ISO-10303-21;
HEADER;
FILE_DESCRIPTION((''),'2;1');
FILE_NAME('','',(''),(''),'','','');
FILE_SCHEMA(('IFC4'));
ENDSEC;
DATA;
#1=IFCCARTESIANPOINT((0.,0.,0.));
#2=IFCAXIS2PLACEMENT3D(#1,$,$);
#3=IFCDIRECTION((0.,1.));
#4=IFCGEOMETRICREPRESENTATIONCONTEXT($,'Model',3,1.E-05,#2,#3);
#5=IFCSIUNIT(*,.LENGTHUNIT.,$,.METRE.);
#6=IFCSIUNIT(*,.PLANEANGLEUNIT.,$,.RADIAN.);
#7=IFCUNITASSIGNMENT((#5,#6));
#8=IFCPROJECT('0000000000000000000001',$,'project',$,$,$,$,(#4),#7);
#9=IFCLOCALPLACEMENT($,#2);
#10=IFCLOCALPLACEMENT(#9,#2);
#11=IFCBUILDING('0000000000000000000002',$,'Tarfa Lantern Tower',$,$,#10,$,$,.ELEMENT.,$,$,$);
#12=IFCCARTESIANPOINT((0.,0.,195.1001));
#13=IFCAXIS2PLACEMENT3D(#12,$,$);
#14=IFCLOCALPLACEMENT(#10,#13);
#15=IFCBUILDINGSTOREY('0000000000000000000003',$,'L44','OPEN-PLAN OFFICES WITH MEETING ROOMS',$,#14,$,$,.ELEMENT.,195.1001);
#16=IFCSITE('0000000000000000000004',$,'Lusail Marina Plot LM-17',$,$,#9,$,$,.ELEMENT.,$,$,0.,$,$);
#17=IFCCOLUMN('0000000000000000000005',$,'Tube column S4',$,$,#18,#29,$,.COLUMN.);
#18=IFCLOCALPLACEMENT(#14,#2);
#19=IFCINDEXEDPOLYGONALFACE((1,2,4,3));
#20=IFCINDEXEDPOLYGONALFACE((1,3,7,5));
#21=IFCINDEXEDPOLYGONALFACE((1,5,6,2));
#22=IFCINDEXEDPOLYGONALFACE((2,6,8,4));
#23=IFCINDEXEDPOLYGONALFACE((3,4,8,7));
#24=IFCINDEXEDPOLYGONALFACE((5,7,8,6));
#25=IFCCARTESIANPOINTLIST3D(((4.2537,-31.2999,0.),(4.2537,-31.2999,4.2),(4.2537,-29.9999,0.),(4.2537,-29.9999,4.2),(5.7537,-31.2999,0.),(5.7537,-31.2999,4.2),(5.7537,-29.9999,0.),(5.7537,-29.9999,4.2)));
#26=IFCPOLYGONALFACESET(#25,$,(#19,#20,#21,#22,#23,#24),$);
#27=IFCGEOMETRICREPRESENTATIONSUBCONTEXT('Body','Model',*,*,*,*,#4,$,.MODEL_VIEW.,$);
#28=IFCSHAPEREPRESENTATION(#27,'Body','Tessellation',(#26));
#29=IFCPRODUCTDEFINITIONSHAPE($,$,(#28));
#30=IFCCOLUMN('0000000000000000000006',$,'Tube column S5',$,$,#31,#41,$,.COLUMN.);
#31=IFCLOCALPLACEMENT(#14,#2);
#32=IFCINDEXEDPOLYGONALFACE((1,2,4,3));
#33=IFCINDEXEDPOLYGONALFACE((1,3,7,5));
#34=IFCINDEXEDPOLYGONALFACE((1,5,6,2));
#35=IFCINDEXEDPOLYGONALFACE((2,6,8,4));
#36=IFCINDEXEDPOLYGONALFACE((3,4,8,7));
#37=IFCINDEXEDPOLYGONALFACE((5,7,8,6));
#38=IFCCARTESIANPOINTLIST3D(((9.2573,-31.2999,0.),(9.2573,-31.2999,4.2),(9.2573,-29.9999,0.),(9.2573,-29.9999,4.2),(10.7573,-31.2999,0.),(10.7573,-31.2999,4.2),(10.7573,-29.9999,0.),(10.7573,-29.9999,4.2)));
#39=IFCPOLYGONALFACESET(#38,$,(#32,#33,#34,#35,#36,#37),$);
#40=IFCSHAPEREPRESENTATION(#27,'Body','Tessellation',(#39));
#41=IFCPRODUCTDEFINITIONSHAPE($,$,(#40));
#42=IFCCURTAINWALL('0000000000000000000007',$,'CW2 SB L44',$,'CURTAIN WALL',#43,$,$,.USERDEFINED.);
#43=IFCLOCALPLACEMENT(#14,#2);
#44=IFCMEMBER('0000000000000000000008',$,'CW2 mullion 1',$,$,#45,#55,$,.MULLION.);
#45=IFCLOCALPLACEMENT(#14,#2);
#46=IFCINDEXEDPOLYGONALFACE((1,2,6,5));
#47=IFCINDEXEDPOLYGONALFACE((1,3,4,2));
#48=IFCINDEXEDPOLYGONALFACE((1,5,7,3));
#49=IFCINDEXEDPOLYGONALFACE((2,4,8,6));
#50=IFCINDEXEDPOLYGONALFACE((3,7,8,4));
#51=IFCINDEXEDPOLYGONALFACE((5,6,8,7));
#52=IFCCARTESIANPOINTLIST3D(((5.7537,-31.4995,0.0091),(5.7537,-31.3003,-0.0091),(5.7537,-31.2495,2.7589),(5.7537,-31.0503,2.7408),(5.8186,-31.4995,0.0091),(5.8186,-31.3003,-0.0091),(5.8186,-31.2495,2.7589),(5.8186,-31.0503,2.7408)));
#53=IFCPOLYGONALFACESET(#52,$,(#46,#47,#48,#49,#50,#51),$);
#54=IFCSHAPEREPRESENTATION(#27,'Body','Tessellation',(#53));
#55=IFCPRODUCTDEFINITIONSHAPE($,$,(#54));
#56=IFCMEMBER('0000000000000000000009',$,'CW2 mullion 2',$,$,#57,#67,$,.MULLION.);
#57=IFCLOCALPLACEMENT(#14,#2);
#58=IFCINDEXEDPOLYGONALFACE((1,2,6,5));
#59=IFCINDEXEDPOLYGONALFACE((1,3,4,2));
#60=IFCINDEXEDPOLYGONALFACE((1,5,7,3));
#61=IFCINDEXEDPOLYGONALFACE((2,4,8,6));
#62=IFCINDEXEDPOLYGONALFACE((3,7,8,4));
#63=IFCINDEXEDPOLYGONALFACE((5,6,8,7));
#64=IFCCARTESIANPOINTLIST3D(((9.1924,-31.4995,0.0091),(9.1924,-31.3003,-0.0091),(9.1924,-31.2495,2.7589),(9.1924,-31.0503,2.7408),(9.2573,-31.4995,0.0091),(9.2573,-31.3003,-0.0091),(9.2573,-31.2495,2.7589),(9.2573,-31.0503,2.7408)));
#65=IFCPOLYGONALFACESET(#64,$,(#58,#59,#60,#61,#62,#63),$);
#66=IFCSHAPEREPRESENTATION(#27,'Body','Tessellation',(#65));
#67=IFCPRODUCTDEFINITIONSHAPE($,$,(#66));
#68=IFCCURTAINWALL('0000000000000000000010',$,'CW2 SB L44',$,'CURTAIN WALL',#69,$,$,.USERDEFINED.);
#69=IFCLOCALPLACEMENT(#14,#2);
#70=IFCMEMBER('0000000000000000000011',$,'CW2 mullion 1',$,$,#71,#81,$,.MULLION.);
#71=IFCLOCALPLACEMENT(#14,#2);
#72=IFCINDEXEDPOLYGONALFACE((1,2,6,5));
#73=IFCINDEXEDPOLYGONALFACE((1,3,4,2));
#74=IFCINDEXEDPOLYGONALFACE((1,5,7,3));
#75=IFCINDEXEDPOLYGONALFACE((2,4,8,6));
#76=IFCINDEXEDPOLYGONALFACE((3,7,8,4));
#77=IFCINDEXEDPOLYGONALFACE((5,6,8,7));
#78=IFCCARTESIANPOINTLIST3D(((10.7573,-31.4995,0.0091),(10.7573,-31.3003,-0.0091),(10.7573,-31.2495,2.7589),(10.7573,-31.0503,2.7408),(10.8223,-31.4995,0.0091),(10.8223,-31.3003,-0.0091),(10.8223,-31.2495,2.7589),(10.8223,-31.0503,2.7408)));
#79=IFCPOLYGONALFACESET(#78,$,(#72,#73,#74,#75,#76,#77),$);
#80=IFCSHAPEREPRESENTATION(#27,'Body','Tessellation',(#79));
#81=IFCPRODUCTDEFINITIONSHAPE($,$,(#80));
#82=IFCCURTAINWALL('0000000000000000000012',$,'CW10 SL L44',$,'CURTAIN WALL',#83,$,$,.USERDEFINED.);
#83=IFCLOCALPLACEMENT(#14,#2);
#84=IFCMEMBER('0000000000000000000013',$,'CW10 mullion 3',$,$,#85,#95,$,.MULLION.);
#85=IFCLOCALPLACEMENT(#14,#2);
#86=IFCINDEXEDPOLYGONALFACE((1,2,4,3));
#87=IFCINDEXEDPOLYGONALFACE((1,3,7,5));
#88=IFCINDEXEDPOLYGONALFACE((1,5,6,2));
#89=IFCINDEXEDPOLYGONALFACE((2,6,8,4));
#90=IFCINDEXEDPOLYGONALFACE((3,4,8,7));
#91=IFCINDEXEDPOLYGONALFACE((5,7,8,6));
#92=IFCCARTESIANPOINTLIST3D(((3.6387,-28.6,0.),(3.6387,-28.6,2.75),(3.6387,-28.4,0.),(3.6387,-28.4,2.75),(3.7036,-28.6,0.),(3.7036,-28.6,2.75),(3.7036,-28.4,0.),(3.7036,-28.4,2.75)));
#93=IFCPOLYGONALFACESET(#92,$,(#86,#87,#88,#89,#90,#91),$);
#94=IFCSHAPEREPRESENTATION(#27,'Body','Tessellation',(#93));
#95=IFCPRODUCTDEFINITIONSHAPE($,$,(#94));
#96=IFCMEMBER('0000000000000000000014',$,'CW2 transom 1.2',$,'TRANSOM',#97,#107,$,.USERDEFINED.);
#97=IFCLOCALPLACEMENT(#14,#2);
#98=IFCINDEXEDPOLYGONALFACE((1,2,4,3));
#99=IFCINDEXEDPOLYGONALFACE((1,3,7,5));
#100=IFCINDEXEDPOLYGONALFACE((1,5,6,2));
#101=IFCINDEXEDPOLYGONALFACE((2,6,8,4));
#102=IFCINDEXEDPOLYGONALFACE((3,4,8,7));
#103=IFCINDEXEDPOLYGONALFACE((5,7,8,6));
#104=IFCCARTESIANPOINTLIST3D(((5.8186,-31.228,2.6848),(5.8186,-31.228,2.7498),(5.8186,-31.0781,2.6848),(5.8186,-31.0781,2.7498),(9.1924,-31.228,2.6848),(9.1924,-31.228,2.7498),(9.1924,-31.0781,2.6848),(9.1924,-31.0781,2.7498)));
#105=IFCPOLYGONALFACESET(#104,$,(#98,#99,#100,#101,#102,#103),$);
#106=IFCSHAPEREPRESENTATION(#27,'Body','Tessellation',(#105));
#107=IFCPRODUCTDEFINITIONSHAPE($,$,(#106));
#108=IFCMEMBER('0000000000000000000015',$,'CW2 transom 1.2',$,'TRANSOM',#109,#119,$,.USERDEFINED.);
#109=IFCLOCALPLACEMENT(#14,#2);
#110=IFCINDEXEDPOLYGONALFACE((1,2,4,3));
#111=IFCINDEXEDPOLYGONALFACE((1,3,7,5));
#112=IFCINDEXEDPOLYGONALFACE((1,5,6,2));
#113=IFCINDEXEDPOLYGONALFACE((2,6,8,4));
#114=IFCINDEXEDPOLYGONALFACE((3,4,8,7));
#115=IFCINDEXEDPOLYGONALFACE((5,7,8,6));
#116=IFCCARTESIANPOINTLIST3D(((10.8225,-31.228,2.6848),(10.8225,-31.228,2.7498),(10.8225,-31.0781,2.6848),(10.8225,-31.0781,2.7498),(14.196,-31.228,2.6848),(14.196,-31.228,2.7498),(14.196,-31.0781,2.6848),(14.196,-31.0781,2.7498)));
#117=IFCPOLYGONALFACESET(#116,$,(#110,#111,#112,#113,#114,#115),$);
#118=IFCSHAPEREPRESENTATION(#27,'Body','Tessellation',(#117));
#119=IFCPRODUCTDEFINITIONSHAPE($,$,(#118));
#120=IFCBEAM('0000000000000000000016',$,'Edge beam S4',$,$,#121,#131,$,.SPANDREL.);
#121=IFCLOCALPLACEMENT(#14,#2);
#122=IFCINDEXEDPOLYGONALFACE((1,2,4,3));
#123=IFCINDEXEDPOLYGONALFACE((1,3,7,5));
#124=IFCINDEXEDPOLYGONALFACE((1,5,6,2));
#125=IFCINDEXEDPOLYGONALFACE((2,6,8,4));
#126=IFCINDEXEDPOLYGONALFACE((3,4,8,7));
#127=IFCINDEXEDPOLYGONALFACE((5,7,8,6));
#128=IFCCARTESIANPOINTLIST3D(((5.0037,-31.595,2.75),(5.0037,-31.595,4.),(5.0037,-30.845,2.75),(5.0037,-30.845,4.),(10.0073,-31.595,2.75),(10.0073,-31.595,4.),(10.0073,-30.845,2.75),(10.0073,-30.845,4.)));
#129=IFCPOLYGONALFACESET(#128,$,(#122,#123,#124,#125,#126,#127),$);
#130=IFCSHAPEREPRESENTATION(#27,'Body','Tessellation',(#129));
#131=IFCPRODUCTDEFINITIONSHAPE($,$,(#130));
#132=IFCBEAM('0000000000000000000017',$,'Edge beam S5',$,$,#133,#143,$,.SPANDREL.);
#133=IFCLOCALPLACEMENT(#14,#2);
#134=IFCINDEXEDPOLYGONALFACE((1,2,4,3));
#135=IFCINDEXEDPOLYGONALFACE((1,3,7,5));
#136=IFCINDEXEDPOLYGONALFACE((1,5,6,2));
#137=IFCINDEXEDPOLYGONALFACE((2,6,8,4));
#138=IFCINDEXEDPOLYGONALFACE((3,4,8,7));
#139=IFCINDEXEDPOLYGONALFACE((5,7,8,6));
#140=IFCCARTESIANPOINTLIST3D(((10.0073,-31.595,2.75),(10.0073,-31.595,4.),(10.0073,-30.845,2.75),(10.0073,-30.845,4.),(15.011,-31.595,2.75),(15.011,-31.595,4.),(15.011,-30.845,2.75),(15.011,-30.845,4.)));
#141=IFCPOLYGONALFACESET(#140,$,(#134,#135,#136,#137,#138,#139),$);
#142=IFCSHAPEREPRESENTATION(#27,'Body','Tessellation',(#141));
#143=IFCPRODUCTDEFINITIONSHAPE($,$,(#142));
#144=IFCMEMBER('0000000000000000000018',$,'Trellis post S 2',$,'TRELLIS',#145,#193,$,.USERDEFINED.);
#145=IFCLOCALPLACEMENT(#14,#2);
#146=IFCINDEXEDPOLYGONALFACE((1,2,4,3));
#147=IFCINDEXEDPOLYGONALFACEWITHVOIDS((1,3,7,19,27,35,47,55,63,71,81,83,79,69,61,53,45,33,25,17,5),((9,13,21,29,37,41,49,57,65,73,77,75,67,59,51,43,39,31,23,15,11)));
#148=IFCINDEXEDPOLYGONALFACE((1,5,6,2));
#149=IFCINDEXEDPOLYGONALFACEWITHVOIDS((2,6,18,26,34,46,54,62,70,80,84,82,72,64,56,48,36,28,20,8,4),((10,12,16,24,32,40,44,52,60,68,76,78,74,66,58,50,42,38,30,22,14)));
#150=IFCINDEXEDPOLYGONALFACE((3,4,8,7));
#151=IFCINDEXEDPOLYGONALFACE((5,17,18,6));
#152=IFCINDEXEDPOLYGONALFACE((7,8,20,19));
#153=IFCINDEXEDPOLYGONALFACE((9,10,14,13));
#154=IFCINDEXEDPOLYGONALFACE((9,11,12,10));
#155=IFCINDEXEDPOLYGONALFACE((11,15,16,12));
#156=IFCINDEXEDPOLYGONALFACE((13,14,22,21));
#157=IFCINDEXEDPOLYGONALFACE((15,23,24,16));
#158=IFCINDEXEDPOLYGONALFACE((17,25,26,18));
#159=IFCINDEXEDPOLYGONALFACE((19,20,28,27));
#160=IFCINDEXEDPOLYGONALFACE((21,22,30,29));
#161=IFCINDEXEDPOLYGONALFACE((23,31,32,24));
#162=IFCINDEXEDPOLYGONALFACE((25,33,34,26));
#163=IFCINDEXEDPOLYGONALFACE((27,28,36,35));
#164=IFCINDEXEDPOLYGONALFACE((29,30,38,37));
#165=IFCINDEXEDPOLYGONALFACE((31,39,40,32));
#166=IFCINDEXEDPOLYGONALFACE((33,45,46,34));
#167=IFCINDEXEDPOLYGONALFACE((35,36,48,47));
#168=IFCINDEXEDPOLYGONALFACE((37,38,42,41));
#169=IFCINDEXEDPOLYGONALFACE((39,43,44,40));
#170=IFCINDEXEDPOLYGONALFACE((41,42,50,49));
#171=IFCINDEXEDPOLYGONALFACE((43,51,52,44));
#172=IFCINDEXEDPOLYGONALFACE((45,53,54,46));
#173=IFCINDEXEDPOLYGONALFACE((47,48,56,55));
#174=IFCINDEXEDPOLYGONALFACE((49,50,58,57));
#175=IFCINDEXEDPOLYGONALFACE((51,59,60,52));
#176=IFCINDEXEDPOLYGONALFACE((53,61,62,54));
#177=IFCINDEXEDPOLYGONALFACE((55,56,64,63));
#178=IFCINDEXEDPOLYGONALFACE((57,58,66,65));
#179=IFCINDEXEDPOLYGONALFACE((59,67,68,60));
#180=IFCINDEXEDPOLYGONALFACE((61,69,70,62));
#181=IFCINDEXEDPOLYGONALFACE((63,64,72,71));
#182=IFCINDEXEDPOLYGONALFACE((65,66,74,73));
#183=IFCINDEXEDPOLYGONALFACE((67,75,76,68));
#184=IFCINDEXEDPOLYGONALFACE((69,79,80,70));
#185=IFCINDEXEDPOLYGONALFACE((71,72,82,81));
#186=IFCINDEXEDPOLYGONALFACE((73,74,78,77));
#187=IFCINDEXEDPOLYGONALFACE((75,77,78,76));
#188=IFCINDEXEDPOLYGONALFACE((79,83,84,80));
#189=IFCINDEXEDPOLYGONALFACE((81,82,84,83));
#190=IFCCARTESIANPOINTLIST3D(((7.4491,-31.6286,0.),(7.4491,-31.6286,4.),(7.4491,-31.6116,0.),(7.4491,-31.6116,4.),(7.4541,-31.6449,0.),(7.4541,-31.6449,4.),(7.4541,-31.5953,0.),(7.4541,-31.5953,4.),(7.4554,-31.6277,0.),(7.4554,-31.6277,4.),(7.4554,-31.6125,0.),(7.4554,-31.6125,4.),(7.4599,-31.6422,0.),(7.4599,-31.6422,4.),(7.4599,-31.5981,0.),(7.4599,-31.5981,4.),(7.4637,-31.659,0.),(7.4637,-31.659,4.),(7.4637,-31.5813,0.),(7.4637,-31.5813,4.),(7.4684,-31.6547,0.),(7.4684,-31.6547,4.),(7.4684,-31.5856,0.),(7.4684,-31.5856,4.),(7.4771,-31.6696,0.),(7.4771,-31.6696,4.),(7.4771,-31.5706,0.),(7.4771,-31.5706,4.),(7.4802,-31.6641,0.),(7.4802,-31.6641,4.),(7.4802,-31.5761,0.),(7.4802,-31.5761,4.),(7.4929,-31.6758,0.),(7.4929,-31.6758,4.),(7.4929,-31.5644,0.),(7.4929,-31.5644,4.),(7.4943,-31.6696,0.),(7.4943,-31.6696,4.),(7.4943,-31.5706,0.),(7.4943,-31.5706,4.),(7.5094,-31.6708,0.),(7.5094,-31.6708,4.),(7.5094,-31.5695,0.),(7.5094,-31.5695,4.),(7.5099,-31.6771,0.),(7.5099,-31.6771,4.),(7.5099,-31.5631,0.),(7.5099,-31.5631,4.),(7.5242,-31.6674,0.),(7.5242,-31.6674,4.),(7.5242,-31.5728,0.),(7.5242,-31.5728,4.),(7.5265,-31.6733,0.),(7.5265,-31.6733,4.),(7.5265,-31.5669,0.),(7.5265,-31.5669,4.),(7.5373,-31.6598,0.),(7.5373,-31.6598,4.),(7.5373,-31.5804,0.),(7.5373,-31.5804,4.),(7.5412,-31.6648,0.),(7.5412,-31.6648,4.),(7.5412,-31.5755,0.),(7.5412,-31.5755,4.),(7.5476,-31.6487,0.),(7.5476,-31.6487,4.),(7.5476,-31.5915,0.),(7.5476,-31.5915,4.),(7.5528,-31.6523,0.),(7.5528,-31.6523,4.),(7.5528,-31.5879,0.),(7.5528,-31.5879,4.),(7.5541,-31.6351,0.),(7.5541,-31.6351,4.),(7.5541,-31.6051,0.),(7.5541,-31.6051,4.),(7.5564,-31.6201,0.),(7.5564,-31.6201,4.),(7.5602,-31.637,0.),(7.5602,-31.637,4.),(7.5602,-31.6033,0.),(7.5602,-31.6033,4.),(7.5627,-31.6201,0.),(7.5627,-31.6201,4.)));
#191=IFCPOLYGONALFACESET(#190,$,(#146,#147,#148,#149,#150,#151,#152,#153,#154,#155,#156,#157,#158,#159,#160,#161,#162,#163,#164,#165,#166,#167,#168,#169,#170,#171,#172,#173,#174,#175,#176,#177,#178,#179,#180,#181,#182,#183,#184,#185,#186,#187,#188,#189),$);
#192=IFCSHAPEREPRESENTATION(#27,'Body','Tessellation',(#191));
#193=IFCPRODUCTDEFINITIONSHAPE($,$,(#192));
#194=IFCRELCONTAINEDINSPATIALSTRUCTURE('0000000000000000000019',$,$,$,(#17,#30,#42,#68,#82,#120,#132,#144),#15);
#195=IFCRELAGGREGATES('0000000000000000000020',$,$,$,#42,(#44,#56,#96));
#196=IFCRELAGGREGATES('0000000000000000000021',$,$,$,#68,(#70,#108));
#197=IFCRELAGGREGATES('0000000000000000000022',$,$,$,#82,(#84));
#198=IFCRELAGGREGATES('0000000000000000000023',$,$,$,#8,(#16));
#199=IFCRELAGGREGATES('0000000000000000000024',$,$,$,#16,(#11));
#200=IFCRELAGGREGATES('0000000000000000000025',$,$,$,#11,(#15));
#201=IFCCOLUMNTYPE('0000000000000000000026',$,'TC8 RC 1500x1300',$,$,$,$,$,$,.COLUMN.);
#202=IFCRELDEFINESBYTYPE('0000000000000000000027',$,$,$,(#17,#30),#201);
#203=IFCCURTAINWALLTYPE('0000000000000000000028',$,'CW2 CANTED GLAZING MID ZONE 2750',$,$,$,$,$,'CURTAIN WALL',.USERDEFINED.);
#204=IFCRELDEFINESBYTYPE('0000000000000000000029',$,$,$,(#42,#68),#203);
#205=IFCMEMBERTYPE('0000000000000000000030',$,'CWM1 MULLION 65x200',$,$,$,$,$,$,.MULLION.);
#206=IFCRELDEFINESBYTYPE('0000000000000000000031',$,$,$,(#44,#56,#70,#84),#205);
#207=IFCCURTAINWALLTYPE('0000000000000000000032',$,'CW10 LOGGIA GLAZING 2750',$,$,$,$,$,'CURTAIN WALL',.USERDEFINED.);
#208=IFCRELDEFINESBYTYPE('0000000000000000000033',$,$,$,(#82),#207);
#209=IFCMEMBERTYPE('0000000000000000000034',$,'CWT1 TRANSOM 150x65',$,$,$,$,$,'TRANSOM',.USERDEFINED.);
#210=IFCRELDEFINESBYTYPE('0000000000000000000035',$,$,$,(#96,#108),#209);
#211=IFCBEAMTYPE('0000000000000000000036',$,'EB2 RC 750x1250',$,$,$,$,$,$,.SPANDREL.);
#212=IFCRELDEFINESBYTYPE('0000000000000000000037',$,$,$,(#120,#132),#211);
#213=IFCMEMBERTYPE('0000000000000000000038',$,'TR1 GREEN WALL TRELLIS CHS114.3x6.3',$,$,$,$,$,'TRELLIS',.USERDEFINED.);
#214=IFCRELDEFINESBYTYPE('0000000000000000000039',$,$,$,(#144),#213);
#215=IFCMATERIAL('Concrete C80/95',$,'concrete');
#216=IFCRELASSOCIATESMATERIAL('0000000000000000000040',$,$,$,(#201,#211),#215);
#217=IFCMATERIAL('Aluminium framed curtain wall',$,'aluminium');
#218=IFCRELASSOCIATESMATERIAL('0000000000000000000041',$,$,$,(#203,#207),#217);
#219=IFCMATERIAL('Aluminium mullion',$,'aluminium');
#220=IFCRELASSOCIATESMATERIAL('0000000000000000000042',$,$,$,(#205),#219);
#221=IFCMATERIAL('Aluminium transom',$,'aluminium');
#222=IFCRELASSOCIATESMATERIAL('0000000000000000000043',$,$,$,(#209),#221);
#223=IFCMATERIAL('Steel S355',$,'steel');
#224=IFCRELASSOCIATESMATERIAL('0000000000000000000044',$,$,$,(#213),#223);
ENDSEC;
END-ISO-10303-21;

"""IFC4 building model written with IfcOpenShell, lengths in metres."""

from ifc_helpers import new_model, si_unit, direction, frame, origin, origin_2d, place, context, subcontext, project, spatial, rectangle, hollow_circle, extrude, material, material_profile, profile_set, type_object, element, aggregate, save


model = new_model("IFC4")

# Units and contexts
model_context = context("Model", 3, precision=1e-05, world=origin(), true_north=direction((0.0, 1.0)))
body_context = subcontext(model_context, "Body", "Model", "MODEL_VIEW")
ifc_project = project(units=[si_unit("LENGTHUNIT", "METRE"), si_unit("PLANEANGLEUNIT", "RADIAN")], contexts=[model_context])

# Site, building, storey
site_placement = place(None, origin())
site = spatial("IfcSite", under=ifc_project, at=site_placement, Name="Lusail Marina Plot LM-17", CompositionType="ELEMENT", RefElevation=0.0)
building_placement = place(site_placement, origin())
building = spatial("IfcBuilding", under=site, at=building_placement, Name="Tarfa Lantern Tower", CompositionType="ELEMENT")
storey_placement = place(building_placement, frame((0.0, 0.0, 195.1001)))
storey = spatial("IfcBuildingStorey", under=building, at=storey_placement, Name="L44", Description="OPEN-PLAN OFFICES WITH MEETING ROOMS", CompositionType="ELEMENT", Elevation=195.1001)

# Columns
ifc_material_1 = material(Name="Concrete C80/95", Category="concrete")
ifc_material_profile_1 = material_profile(ifc_material_1, rectangle(XDim=1.5, YDim=1.3, at=origin_2d()), Name="RC 1500x1300")
ifc_profile_set_1 = profile_set([ifc_material_profile_1], Name="Concrete C80/95")
column_type = type_object("IfcColumnType", Name="TC8 RC 1500x1300", PredefinedType="COLUMN", material=ifc_profile_set_1)
for number, where, z_axis, x_axis, name in (
    (1, (5.0037, -30.6499, 0.0), (0.0, 0.0, 1.0), (1.0, 0.0, 0.0), "Tube column S4"),
    (2, (10.0073, -30.6499, 0.0), (0.0, 0.0, 1.0), (1.0, 0.0, 0.0), "Tube column S5"),
):
    element("IfcColumn", number, at=place(storey_placement, frame(where, z_axis=z_axis, x_axis=x_axis)), inside=storey, type_object=column_type, Name=name, PredefinedType="COLUMN", context=body_context, shape_type="SweptSolid", body=[
        extrude(rectangle(XDim=1.5, YDim=1.3, at=origin_2d()), origin(), (0.0, 0.0, 1.0), 4.2),
    ])

# Curtain wall, members
ifc_material_2 = material(Name="Aluminium framed curtain wall", Category="aluminium")
curtain_wall_type_1 = type_object("IfcCurtainWallType", Name="CW2 CANTED GLAZING MID ZONE 2750", ElementType="CURTAIN WALL", PredefinedType="USERDEFINED", material=ifc_material_2)
curtain_wall_1_placement = place(storey_placement, origin())
curtain_wall_1 = element("IfcCurtainWall", 3, at=curtain_wall_1_placement, inside=storey, type_object=curtain_wall_type_1, Name="CW2 SB L44", ObjectType="CURTAIN WALL", PredefinedType="USERDEFINED")
ifc_material_3 = material(Name="Aluminium mullion", Category="aluminium")
ifc_material_profile_2 = material_profile(ifc_material_3, rectangle(XDim=0.0649, YDim=0.2, at=origin_2d()), Name="AL MULLION 65x200")
ifc_profile_set_2 = profile_set([ifc_material_profile_2], Name="Aluminium mullion")
member_type_1 = type_object("IfcMemberType", Name="CWM1 MULLION 65x200", PredefinedType="MULLION", material=ifc_profile_set_2)
member_1_placement = place(storey_placement, frame((5.7861, -31.3999, 0.0), z_axis=(0.0, 0.090536, 0.995893), x_axis=(-1.0, 0.0, 0.0)))
member_1 = element("IfcMember", 4, at=member_1_placement, type_object=member_type_1, Name="CW2 mullion 1", PredefinedType="MULLION", context=body_context, shape_type="SweptSolid", body=[
    extrude(rectangle(XDim=0.0649, YDim=0.2, at=origin_2d()), origin(), (0.0, 0.0, 1.0), 2.7612),
])
member_2_placement = place(storey_placement, frame((9.2249, -31.3999, 0.0), z_axis=(0.0, 0.090536, 0.995893), x_axis=(-1.0, 0.0, 0.0)))
member_2 = element("IfcMember", 5, at=member_2_placement, type_object=member_type_1, Name="CW2 mullion 2", PredefinedType="MULLION", context=body_context, shape_type="SweptSolid", body=[
    extrude(rectangle(XDim=0.0649, YDim=0.2, at=origin_2d()), origin(), (0.0, 0.0, 1.0), 2.7612),
])

# Curtain walls, members
curtain_wall_2_placement = place(storey_placement, origin())
curtain_wall_2 = element("IfcCurtainWall", 6, at=curtain_wall_2_placement, inside=storey, type_object=curtain_wall_type_1, Name="CW2 SB L44", ObjectType="CURTAIN WALL", PredefinedType="USERDEFINED")
member_3_placement = place(storey_placement, frame((10.7898, -31.3999, 0.0), z_axis=(0.0, 0.090536, 0.995893), x_axis=(-1.0, 0.0, 0.0)))
member_3 = element("IfcMember", 7, at=member_3_placement, type_object=member_type_1, Name="CW2 mullion 1", PredefinedType="MULLION", context=body_context, shape_type="SweptSolid", body=[
    extrude(rectangle(XDim=0.0649, YDim=0.2, at=origin_2d()), origin(), (0.0, 0.0, 1.0), 2.7612),
])
curtain_wall_type_2 = type_object("IfcCurtainWallType", Name="CW10 LOGGIA GLAZING 2750", ElementType="CURTAIN WALL", PredefinedType="USERDEFINED", material=ifc_material_2)
curtain_wall_3_placement = place(storey_placement, origin())
curtain_wall_3 = element("IfcCurtainWall", 8, at=curtain_wall_3_placement, inside=storey, type_object=curtain_wall_type_2, Name="CW10 SL L44", ObjectType="CURTAIN WALL", PredefinedType="USERDEFINED")
member_4_placement = place(storey_placement, frame((3.6711, -28.5, 0.0), z_axis=(0.0, 0.0, 1.0), x_axis=(1.0, 0.0, 0.0)))
member_4 = element("IfcMember", 9, at=member_4_placement, type_object=member_type_1, Name="CW10 mullion 3", PredefinedType="MULLION", context=body_context, shape_type="SweptSolid", body=[
    extrude(rectangle(XDim=0.0649, YDim=0.2, at=origin_2d()), origin(), (0.0, 0.0, 1.0), 2.75),
])

# Members
ifc_material_4 = material(Name="Aluminium transom", Category="aluminium")
ifc_material_profile_3 = material_profile(ifc_material_4, rectangle(XDim=0.1499, YDim=0.0649, at=origin_2d()), Name="AL TRANSOM 150x65")
ifc_profile_set_3 = profile_set([ifc_material_profile_3], Name="Aluminium transom")
member_type_2 = type_object("IfcMemberType", Name="CWT1 TRANSOM 150x65", ElementType="TRANSOM", PredefinedType="USERDEFINED", material=ifc_profile_set_3)
member_5_placement = place(storey_placement, frame((5.8186, -31.1531, 2.7173), z_axis=(1.0, 0.0, 0.0), x_axis=(0.0, 1.0, 0.0)))
member_5 = element("IfcMember", 10, at=member_5_placement, type_object=member_type_2, Name="CW2 transom 1.2", ObjectType="TRANSOM", PredefinedType="USERDEFINED", context=body_context, shape_type="SweptSolid", body=[
    extrude(rectangle(XDim=0.1499, YDim=0.0649, at=origin_2d()), origin(), (0.0, 0.0, 1.0), 3.3738),
])
member_6_placement = place(storey_placement, frame((10.8225, -31.1531, 2.7173), z_axis=(1.0, 0.0, 0.0), x_axis=(0.0, 1.0, 0.0)))
member_6 = element("IfcMember", 11, at=member_6_placement, type_object=member_type_2, Name="CW2 transom 1.2", ObjectType="TRANSOM", PredefinedType="USERDEFINED", context=body_context, shape_type="SweptSolid", body=[
    extrude(rectangle(XDim=0.1499, YDim=0.0649, at=origin_2d()), origin(), (0.0, 0.0, 1.0), 3.3735),
])

# Beams
ifc_material_profile_4 = material_profile(ifc_material_1, rectangle(XDim=0.75, YDim=1.25, at=origin_2d()), Name="RC 750x1250")
ifc_profile_set_4 = profile_set([ifc_material_profile_4], Name="Concrete C80/95")
beam_type_1 = type_object("IfcBeamType", Name="EB2 RC 750x1250", PredefinedType="SPANDREL", material=ifc_profile_set_4)
for number, where, z_axis, x_axis, name in (
    (12, (5.0037, -31.22, 3.375), (1.0, 0.0, 0.0), (0.0, 1.0, 0.0), "Edge beam S4"),
    (13, (10.0073, -31.22, 3.375), (1.0, 0.0, 0.0), (0.0, 1.0, 0.0), "Edge beam S5"),
):
    element("IfcBeam", number, at=place(storey_placement, frame(where, z_axis=z_axis, x_axis=x_axis)), inside=storey, type_object=beam_type_1, Name=name, PredefinedType="SPANDREL", context=body_context, shape_type="SweptSolid", body=[
        extrude(rectangle(XDim=0.75, YDim=1.25, at=origin_2d()), origin(), (0.0, 0.0, 1.0), 5.0037),
    ])

# Member
ifc_material_5 = material(Name="Steel S355", Category="steel")
ifc_material_profile_5 = material_profile(ifc_material_5, hollow_circle(Radius=0.0571, WallThickness=0.0063, at=origin_2d()), Name="CHS114.3x6.3")
ifc_profile_set_5 = profile_set([ifc_material_profile_5], Name="Steel S355")
member_type_3 = type_object("IfcMemberType", Name="TR1 GREEN WALL TRELLIS CHS114.3x6.3", ElementType="TRELLIS", PredefinedType="USERDEFINED", material=ifc_profile_set_5)
member_7_placement = place(storey_placement, frame((7.5056, -31.6201, 0.0), z_axis=(0.0, 0.0, 1.0), x_axis=(1.0, 0.0, 0.0)))
element("IfcMember", 14, at=member_7_placement, inside=storey, type_object=member_type_3, Name="Trellis post S 2", ObjectType="TRELLIS", PredefinedType="USERDEFINED", context=body_context, shape_type="SweptSolid", body=[
    extrude(hollow_circle(Radius=0.0571, WallThickness=0.0063, at=origin_2d()), origin(), (0.0, 0.0, 1.0), 4.0),
])

aggregate(curtain_wall_1, [member_1, member_2, member_5])
aggregate(curtain_wall_2, [member_3, member_6])
aggregate(curtain_wall_3, [member_4])

save(model, "model.ifc")
